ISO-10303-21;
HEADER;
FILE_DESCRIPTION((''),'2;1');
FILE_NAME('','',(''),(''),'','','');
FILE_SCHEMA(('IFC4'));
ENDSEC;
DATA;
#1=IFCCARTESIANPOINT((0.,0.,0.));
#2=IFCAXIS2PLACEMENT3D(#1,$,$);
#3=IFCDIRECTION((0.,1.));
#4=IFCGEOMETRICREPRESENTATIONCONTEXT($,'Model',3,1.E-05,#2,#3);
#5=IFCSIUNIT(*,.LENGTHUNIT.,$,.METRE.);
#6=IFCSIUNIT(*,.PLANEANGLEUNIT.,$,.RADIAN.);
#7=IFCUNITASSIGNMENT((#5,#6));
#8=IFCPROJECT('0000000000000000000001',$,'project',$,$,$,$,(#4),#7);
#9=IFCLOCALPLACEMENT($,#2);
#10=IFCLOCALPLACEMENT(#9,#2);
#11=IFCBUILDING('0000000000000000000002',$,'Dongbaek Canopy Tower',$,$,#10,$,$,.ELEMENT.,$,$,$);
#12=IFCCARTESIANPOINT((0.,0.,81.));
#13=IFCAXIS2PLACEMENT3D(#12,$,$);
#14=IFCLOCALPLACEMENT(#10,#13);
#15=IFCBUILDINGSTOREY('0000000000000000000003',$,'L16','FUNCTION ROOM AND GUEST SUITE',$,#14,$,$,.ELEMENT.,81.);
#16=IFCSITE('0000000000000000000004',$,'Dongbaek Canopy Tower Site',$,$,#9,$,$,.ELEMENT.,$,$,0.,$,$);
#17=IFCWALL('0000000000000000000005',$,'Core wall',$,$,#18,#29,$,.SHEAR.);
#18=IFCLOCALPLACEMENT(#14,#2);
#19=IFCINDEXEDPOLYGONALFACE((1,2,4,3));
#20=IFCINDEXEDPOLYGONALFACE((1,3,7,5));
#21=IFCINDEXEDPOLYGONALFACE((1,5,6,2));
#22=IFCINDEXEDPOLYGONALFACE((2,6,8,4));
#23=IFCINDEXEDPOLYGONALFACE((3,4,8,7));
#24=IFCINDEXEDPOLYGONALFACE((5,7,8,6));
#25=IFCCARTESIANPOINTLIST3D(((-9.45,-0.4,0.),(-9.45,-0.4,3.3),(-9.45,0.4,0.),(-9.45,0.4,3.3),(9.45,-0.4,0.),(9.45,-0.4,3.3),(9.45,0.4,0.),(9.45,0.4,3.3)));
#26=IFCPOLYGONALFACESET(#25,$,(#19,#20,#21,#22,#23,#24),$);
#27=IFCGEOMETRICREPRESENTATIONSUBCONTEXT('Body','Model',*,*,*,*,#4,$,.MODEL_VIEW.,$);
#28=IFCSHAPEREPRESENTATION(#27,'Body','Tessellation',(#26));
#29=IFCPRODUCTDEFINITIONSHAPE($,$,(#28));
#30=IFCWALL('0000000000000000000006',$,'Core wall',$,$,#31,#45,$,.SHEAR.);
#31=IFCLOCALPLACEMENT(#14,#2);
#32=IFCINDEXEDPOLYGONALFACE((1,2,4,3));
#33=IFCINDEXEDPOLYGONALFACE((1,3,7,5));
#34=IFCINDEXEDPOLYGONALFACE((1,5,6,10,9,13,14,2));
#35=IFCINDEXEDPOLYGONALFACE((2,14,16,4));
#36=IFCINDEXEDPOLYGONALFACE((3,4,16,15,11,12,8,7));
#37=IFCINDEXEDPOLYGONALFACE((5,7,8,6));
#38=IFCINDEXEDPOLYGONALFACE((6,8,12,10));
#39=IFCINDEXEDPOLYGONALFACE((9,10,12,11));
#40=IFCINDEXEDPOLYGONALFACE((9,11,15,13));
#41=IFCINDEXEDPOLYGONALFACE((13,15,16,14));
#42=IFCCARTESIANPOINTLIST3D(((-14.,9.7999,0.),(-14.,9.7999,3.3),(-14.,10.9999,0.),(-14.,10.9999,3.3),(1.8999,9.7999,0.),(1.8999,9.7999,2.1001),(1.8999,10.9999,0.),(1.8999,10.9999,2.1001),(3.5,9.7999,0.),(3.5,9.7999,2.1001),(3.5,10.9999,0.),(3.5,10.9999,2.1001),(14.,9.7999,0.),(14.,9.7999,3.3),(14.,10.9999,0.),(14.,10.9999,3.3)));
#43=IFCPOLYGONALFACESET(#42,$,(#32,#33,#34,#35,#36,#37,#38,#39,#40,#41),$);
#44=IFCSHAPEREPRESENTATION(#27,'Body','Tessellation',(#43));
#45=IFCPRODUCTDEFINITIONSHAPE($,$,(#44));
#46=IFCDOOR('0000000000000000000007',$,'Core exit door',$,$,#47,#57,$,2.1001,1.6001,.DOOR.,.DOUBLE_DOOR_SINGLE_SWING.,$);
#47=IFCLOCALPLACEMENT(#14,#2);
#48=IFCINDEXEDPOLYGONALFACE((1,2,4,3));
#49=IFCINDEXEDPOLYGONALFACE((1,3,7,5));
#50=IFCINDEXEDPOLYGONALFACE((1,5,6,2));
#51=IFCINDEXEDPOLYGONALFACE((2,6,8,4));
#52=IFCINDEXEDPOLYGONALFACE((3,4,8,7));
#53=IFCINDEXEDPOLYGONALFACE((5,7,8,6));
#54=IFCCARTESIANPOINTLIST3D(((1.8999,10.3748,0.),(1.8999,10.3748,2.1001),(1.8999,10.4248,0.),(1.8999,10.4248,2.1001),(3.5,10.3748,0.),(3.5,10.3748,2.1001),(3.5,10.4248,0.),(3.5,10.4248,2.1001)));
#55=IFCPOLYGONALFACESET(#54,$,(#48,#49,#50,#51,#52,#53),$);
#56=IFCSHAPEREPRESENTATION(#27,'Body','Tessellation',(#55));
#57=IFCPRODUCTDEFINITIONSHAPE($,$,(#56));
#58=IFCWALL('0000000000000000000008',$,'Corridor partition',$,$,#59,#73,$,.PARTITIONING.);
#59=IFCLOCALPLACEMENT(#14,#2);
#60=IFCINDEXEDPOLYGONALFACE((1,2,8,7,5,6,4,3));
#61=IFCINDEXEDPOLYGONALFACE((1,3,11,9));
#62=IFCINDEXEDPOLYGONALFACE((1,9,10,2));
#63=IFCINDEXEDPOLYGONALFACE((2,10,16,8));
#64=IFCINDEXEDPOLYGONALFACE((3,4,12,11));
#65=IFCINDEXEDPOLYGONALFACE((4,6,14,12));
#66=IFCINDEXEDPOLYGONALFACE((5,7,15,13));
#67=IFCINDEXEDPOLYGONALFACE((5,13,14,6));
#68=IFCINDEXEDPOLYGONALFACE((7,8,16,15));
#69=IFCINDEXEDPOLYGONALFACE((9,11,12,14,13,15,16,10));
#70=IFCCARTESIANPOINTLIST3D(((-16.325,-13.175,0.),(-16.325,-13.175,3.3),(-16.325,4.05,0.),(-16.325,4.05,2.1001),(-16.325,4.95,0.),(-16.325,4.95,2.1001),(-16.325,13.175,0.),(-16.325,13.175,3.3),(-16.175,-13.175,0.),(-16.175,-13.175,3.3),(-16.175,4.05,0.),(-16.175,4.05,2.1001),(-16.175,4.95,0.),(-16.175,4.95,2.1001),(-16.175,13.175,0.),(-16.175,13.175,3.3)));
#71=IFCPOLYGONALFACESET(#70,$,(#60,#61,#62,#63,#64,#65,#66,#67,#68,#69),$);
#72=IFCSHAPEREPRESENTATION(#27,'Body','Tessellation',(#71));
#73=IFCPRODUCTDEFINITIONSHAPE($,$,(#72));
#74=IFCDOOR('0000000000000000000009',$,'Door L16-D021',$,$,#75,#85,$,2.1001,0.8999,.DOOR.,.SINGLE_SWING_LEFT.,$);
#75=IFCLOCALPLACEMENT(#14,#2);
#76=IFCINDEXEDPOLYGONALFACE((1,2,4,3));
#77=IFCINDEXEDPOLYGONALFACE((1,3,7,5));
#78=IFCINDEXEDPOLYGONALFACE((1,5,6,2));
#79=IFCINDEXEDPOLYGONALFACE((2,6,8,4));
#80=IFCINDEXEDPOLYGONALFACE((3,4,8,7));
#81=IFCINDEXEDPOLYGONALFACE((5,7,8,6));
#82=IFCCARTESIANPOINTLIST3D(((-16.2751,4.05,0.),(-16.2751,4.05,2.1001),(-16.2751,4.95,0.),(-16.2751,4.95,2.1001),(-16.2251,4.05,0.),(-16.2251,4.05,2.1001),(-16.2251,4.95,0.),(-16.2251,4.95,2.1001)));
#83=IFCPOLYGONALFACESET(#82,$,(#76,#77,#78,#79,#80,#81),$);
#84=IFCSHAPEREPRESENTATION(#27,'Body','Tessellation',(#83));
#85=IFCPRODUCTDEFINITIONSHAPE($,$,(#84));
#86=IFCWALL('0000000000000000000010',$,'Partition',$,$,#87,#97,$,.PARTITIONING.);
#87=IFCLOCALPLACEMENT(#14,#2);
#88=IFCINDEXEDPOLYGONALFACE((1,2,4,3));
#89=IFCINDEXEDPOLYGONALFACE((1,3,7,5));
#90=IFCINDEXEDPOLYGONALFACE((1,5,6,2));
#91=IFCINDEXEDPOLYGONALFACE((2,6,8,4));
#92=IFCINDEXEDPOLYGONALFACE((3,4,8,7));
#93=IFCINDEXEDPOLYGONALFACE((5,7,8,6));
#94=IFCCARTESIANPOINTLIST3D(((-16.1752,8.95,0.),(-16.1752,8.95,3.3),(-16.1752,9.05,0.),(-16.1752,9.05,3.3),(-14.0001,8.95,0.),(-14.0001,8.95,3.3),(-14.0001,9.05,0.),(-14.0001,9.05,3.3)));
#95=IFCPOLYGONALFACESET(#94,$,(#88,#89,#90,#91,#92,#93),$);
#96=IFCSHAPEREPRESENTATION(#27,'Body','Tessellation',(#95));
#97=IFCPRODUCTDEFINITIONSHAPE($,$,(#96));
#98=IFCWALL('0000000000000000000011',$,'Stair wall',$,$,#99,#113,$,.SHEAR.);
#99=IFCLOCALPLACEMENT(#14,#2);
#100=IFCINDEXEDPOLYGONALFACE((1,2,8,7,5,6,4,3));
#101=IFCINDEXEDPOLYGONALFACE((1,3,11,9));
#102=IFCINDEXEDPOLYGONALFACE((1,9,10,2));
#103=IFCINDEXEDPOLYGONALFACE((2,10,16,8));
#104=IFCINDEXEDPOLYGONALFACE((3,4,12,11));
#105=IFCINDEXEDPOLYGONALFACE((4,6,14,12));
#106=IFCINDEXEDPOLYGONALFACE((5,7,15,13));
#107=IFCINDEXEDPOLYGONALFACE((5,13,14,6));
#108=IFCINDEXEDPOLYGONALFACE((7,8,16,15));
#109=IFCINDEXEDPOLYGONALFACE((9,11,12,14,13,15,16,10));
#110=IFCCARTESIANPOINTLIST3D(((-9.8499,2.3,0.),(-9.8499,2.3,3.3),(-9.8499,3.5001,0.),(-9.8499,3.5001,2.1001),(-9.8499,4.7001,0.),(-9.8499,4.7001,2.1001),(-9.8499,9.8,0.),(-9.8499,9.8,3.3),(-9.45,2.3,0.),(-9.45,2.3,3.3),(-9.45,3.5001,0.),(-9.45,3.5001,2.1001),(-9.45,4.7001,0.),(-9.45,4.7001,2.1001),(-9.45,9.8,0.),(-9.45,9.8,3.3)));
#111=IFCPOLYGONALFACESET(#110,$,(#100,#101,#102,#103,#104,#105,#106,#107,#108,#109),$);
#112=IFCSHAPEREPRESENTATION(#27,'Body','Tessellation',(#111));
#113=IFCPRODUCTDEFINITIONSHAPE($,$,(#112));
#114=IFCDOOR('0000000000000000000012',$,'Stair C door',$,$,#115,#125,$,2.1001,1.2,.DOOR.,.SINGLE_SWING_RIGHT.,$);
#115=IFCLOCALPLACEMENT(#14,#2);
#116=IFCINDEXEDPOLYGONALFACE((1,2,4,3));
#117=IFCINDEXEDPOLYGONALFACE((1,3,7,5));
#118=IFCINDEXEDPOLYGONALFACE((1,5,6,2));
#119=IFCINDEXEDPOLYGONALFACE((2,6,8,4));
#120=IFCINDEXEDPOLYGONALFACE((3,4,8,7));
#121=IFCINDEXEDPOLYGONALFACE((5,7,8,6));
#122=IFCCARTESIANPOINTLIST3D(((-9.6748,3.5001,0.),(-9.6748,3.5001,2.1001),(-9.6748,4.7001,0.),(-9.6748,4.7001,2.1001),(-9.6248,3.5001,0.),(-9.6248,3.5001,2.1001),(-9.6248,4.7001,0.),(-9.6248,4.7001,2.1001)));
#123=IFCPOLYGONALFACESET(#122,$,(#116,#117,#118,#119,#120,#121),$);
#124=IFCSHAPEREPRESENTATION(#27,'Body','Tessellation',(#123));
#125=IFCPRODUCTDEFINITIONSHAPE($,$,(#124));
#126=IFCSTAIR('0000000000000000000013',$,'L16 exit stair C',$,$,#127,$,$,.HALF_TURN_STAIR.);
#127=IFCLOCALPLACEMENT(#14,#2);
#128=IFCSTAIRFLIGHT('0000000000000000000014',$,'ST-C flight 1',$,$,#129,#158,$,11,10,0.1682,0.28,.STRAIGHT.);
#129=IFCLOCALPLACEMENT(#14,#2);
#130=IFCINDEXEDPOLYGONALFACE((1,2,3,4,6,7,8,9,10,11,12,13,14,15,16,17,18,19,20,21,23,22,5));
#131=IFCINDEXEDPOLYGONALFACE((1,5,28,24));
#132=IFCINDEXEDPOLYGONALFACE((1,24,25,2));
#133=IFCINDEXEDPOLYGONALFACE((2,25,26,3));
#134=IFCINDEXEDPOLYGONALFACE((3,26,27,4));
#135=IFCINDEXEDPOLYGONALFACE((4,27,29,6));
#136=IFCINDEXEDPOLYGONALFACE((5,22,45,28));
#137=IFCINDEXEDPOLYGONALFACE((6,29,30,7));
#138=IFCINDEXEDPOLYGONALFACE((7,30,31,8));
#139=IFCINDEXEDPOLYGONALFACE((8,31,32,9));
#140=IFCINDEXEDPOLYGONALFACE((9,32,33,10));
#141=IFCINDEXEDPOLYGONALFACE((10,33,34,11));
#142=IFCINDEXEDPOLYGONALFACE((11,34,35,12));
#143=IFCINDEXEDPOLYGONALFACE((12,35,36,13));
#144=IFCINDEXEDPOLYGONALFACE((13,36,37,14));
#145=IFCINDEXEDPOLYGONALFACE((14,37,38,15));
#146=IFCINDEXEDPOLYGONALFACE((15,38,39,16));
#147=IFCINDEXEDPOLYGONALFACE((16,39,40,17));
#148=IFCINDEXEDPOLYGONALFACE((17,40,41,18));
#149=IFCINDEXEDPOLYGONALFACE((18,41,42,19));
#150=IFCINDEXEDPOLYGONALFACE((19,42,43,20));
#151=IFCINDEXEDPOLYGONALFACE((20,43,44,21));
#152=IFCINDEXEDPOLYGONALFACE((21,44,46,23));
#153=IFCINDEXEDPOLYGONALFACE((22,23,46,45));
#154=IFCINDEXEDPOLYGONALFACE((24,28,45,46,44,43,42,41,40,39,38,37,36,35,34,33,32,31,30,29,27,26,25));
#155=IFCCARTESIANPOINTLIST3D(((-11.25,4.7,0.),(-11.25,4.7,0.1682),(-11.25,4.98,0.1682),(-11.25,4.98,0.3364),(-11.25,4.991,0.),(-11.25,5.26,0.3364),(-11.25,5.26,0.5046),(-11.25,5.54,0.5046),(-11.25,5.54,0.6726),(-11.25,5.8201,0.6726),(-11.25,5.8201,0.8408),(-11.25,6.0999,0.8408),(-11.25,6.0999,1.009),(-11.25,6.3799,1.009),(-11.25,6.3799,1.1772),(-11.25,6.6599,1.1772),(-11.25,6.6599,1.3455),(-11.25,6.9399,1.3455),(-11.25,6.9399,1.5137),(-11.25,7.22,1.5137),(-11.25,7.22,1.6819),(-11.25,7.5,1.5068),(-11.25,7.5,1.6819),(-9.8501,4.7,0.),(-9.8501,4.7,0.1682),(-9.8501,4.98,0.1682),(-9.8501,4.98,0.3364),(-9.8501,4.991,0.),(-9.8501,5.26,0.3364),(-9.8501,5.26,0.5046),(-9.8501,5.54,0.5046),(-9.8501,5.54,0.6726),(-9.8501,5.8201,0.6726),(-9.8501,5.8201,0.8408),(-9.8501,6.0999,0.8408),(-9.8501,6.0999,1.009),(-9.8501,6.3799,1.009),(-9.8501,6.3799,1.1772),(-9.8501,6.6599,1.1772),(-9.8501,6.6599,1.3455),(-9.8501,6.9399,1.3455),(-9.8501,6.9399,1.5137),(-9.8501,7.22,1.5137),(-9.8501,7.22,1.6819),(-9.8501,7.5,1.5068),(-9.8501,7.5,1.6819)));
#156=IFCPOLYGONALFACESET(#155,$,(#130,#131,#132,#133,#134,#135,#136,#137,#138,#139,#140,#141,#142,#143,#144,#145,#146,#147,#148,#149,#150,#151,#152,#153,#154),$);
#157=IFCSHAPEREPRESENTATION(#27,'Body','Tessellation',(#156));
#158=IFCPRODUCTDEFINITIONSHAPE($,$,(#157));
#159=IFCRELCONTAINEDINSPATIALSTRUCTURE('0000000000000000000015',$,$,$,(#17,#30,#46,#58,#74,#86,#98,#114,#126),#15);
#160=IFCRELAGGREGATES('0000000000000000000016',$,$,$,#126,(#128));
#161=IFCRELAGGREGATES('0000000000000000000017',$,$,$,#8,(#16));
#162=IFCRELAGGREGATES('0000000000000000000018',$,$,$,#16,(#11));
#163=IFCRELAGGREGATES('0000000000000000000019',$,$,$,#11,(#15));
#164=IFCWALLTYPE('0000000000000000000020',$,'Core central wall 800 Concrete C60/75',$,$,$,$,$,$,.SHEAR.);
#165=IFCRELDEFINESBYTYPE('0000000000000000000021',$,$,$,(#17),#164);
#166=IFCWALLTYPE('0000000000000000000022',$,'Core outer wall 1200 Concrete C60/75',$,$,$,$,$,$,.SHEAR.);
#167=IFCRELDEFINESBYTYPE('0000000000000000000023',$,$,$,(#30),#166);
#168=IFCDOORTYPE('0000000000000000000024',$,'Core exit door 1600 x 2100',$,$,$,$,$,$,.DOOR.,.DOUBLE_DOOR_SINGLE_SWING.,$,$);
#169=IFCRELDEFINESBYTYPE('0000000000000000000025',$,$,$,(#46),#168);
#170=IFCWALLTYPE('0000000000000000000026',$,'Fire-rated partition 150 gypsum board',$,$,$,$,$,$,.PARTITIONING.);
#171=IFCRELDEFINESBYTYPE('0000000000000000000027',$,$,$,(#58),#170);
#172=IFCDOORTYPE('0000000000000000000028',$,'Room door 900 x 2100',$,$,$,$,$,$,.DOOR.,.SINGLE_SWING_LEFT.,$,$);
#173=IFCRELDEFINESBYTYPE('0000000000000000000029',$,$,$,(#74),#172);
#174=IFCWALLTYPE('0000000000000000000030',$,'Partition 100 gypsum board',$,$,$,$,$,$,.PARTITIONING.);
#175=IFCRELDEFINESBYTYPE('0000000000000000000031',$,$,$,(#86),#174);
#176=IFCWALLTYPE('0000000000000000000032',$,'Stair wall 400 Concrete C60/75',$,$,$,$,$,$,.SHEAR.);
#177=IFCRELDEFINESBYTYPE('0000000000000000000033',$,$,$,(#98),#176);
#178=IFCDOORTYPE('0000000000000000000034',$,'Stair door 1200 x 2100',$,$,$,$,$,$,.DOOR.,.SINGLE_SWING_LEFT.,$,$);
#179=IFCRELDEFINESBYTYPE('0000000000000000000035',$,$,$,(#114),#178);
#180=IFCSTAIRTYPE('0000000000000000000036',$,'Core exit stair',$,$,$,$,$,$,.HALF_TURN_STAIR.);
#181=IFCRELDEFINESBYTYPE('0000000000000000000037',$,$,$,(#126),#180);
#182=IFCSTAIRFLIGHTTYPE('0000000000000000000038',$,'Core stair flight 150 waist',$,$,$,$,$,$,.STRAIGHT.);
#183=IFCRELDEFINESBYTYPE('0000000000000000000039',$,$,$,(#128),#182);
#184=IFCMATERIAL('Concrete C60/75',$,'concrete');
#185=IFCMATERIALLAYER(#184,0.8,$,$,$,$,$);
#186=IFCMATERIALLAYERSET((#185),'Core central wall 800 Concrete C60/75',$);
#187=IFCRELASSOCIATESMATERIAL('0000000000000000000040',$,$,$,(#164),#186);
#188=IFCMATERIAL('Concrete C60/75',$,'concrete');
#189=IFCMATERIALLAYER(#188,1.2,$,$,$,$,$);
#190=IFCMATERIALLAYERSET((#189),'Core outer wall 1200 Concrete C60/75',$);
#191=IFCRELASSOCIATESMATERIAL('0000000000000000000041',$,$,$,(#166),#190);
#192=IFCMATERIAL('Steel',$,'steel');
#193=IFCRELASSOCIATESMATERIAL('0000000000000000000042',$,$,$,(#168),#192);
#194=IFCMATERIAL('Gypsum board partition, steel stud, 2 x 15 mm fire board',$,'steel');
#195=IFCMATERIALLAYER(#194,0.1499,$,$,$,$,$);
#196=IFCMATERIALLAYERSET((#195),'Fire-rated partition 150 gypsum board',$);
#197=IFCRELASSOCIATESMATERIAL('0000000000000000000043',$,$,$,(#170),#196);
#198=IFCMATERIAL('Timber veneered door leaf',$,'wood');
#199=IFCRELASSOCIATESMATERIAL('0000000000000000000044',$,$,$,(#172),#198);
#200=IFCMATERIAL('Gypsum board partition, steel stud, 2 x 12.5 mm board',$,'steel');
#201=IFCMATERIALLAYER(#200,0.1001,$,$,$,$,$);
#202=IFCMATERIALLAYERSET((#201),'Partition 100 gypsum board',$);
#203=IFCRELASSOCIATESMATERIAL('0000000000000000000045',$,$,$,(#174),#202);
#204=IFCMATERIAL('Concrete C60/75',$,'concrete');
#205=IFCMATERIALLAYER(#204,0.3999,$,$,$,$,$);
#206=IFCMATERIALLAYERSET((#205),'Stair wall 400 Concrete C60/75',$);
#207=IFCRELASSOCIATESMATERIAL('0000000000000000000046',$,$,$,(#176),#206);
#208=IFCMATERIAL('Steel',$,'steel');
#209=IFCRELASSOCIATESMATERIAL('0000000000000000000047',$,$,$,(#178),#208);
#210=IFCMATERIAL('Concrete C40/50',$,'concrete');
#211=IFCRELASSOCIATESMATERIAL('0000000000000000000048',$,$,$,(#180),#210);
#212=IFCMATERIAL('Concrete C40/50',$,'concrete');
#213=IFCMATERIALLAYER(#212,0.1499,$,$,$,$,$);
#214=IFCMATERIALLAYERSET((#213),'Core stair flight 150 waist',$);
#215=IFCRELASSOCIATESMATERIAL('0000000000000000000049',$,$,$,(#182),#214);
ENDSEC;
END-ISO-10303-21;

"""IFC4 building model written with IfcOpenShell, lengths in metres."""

from ifc_helpers import new_model, si_unit, direction, frame, frame_2d, origin, place, context, subcontext, project, spatial, polyline, rectangle, outline, extrude, material, layer, layer_set, type_object, element, fill, aggregate, save


model = new_model("IFC4")

# Units and contexts
model_context = context("Model", 3, precision=1e-05, world=origin(), true_north=direction((0.0, 1.0)))
body_context = subcontext(model_context, "Body", "Model", "MODEL_VIEW")
ifc_project = project(units=[si_unit("LENGTHUNIT", "METRE"), si_unit("PLANEANGLEUNIT", "RADIAN")], contexts=[model_context])

# Site, building, storey
site_placement = place(None, origin())
site = spatial("IfcSite", under=ifc_project, at=site_placement, Name="Dongbaek Canopy Tower Site", CompositionType="ELEMENT", RefElevation=0.0)
building_placement = place(site_placement, origin())
building = spatial("IfcBuilding", under=site, at=building_placement, Name="Dongbaek Canopy Tower", CompositionType="ELEMENT")
storey_placement = place(building_placement, frame((0.0, 0.0, 81.0)))
storey = spatial("IfcBuildingStorey", under=building, at=storey_placement, Name="L16", Description="FUNCTION ROOM AND GUEST SUITE", CompositionType="ELEMENT", Elevation=81.0)

# Wall
ifc_material_1 = material(Name="Concrete C60/75", Category="concrete")
ifc_layer_1 = layer(ifc_material_1, 0.8)
ifc_layer_set_1 = layer_set([ifc_layer_1], Name="Core central wall 800 Concrete C60/75")
wall_type_1 = type_object("IfcWallType", Name="Core central wall 800 Concrete C60/75", PredefinedType="SHEAR", material=ifc_layer_set_1)
wall_1_placement = place(storey_placement, frame((-9.45, 0.0, 0.0), z_axis=(0.0, 0.0, 1.0), x_axis=(1.0, 0.0, 0.0)))
element("IfcWall", 1, at=wall_1_placement, inside=storey, type_object=wall_type_1, Name="Core wall", PredefinedType="SHEAR", context=body_context, shape_type="SweptSolid", body=[
    extrude(rectangle(XDim=18.8999, YDim=0.8, at=frame_2d((9.45, 0.0))), origin(), (0.0, 0.0, 1.0), 3.3),
])

# Walls, openings, doors
ifc_material_2 = material(Name="Concrete C60/75", Category="concrete")
ifc_layer_2 = layer(ifc_material_2, 1.2)
ifc_layer_set_2 = layer_set([ifc_layer_2], Name="Core outer wall 1200 Concrete C60/75")
wall_type_2 = type_object("IfcWallType", Name="Core outer wall 1200 Concrete C60/75", PredefinedType="SHEAR", material=ifc_layer_set_2)
wall_2_placement = place(storey_placement, frame((-14.0, 10.3999, 0.0), z_axis=(0.0, 0.0, 1.0), x_axis=(1.0, 0.0, 0.0)))
wall_2 = element("IfcWall", 2, at=wall_2_placement, inside=storey, type_object=wall_type_2, Name="Core wall", PredefinedType="SHEAR", context=body_context, shape_type="SweptSolid", body=[
    extrude(rectangle(XDim=28.0, YDim=1.2, at=frame_2d((14.0, 0.0))), origin(), (0.0, 0.0, 1.0), 3.3),
])
opening_1_placement = place(wall_2_placement, frame((15.8999, 0.0, 0.0)))
opening_1 = element("IfcOpeningElement", 3, at=opening_1_placement, cuts=wall_2, PredefinedType="OPENING", context=body_context, shape_type="SweptSolid", body=[
    extrude(rectangle(XDim=1.6001, YDim=2.1001, at=frame_2d((0.8, 1.05))), frame((0.0, 0.6099, 0.0), z_axis=(0.0, -1.0, 0.0), x_axis=(1.0, 0.0, 0.0)), (0.0, 0.0, 1.0), 1.22),
])
ifc_material_3 = material(Name="Steel", Category="steel")
door_type_1 = type_object("IfcDoorType", Name="Core exit door 1600 x 2100", OperationType="DOUBLE_DOOR_SINGLE_SWING", PredefinedType="DOOR", material=ifc_material_3)
door_1_placement = place(opening_1_placement, origin())
door_1 = element("IfcDoor", 4, at=door_1_placement, inside=storey, type_object=door_type_1, Name="Core exit door", OperationType="DOUBLE_DOOR_SINGLE_SWING", OverallHeight=2.1001, OverallWidth=1.6001, PredefinedType="DOOR", context=body_context, shape_type="SweptSolid", body=[
    extrude(rectangle(XDim=1.6001, YDim=2.1001, at=frame_2d((0.8, 1.05))), frame((0.0, 0.0249, 0.0), z_axis=(0.0, -1.0, 0.0), x_axis=(1.0, 0.0, 0.0)), (0.0, 0.0, 1.0), 0.05),
])
fill(opening_1, door_1)
ifc_material_4 = material(Name="Gypsum board partition, steel stud, 2 x 15 mm fire board", Category="steel")
ifc_layer_3 = layer(ifc_material_4, 0.1499)
ifc_layer_set_3 = layer_set([ifc_layer_3], Name="Fire-rated partition 150 gypsum board")
wall_type_3 = type_object("IfcWallType", Name="Fire-rated partition 150 gypsum board", PredefinedType="PARTITIONING", material=ifc_layer_set_3)
wall_3_placement = place(storey_placement, frame((-16.25, 13.175, 0.0), z_axis=(0.0, 0.0, 1.0), x_axis=(0.0, -1.0, 0.0)))
wall_3 = element("IfcWall", 5, at=wall_3_placement, inside=storey, type_object=wall_type_3, Name="Corridor partition", PredefinedType="PARTITIONING", context=body_context, shape_type="SweptSolid", body=[
    extrude(rectangle(XDim=26.3501, YDim=0.1499, at=frame_2d((13.175, 0.0))), origin(), (0.0, 0.0, 1.0), 3.3),
])
opening_2_placement = place(wall_3_placement, frame((8.2251, 0.0, 0.0)))
opening_2 = element("IfcOpeningElement", 6, at=opening_2_placement, cuts=wall_3, PredefinedType="OPENING", context=body_context, shape_type="SweptSolid", body=[
    extrude(rectangle(XDim=0.8999, YDim=2.1001, at=frame_2d((0.45, 1.05))), frame((0.0, 0.085, 0.0), z_axis=(0.0, -1.0, 0.0), x_axis=(1.0, 0.0, 0.0)), (0.0, 0.0, 1.0), 0.1699),
])
ifc_material_5 = material(Name="Timber veneered door leaf", Category="wood")
door_type_2 = type_object("IfcDoorType", Name="Room door 900 x 2100", OperationType="SINGLE_SWING_LEFT", PredefinedType="DOOR", material=ifc_material_5)
door_2_placement = place(opening_2_placement, origin())
door_2 = element("IfcDoor", 7, at=door_2_placement, inside=storey, type_object=door_type_2, Name="Door L16-D021", OperationType="SINGLE_SWING_LEFT", OverallHeight=2.1001, OverallWidth=0.8999, PredefinedType="DOOR", context=body_context, shape_type="SweptSolid", body=[
    extrude(rectangle(XDim=0.8999, YDim=2.1001, at=frame_2d((0.45, 1.05))), frame((0.0, 0.0249, 0.0), z_axis=(0.0, -1.0, 0.0), x_axis=(1.0, 0.0, 0.0)), (0.0, 0.0, 1.0), 0.05),
])
fill(opening_2, door_2)

# Wall
ifc_material_6 = material(Name="Gypsum board partition, steel stud, 2 x 12.5 mm board", Category="steel")
ifc_layer_4 = layer(ifc_material_6, 0.1001)
ifc_layer_set_4 = layer_set([ifc_layer_4], Name="Partition 100 gypsum board")
wall_type_4 = type_object("IfcWallType", Name="Partition 100 gypsum board", PredefinedType="PARTITIONING", material=ifc_layer_set_4)
wall_4_placement = place(storey_placement, frame((-16.175, 9.0, 0.0), z_axis=(0.0, 0.0, 1.0), x_axis=(1.0, 0.0, 0.0)))
element("IfcWall", 8, at=wall_4_placement, inside=storey, type_object=wall_type_4, Name="Partition", PredefinedType="PARTITIONING", context=body_context, shape_type="SweptSolid", body=[
    extrude(rectangle(XDim=2.175, YDim=0.1001, at=frame_2d((1.0874, 0.0))), origin(), (0.0, 0.0, 1.0), 3.3),
])

# Wall, opening, door
ifc_material_7 = material(Name="Concrete C60/75", Category="concrete")
ifc_layer_5 = layer(ifc_material_7, 0.3999)
ifc_layer_set_5 = layer_set([ifc_layer_5], Name="Stair wall 400 Concrete C60/75")
wall_type_5 = type_object("IfcWallType", Name="Stair wall 400 Concrete C60/75", PredefinedType="SHEAR", material=ifc_layer_set_5)
wall_5_placement = place(storey_placement, frame((-9.6499, 2.3, 0.0), z_axis=(0.0, 0.0, 1.0), x_axis=(0.0, 1.0, 0.0)))
wall_5 = element("IfcWall", 9, at=wall_5_placement, inside=storey, type_object=wall_type_5, Name="Stair wall", PredefinedType="SHEAR", context=body_context, shape_type="SweptSolid", body=[
    extrude(rectangle(XDim=7.5, YDim=0.3999, at=frame_2d((3.75, 0.0))), origin(), (0.0, 0.0, 1.0), 3.3),
])
opening_3_placement = place(wall_5_placement, frame((1.2, 0.0, 0.0)))
opening_3 = element("IfcOpeningElement", 10, at=opening_3_placement, cuts=wall_5, PredefinedType="OPENING", context=body_context, shape_type="SweptSolid", body=[
    extrude(rectangle(XDim=1.2, YDim=2.1001, at=frame_2d((0.6001, 1.05))), frame((0.0, 0.21, 0.0), z_axis=(0.0, -1.0, 0.0), x_axis=(1.0, 0.0, 0.0)), (0.0, 0.0, 1.0), 0.4199),
])
ifc_material_8 = material(Name="Steel", Category="steel")
door_type_3 = type_object("IfcDoorType", Name="Stair door 1200 x 2100", OperationType="SINGLE_SWING_LEFT", PredefinedType="DOOR", material=ifc_material_8)
door_3_placement = place(opening_3_placement, origin())
door_3 = element("IfcDoor", 11, at=door_3_placement, inside=storey, type_object=door_type_3, Name="Stair C door", OperationType="SINGLE_SWING_RIGHT", OverallHeight=2.1001, OverallWidth=1.2, PredefinedType="DOOR", context=body_context, shape_type="SweptSolid", body=[
    extrude(rectangle(XDim=1.2, YDim=2.1001, at=frame_2d((0.6001, 1.05))), frame((0.0, 0.0249, 0.0), z_axis=(0.0, -1.0, 0.0), x_axis=(1.0, 0.0, 0.0)), (0.0, 0.0, 1.0), 0.05),
])
fill(opening_3, door_3)

# Stair, stair flight
ifc_material_9 = material(Name="Concrete C40/50", Category="concrete")
stair_type = type_object("IfcStairType", Name="Core exit stair", PredefinedType="HALF_TURN_STAIR", material=ifc_material_9)
stair_placement = place(storey_placement, origin())
stair = element("IfcStair", 12, at=stair_placement, inside=storey, type_object=stair_type, Name="L16 exit stair C", PredefinedType="HALF_TURN_STAIR")
ifc_material_10 = material(Name="Concrete C40/50", Category="concrete")
ifc_layer_6 = layer(ifc_material_10, 0.1499)
ifc_layer_set_6 = layer_set([ifc_layer_6], Name="Core stair flight 150 waist")
stair_flight_type = type_object("IfcStairFlightType", Name="Core stair flight 150 waist", PredefinedType="STRAIGHT", material=ifc_layer_set_6)
stair_flight_1_placement = place(storey_placement, frame((-10.55, 4.7, 0.0), z_axis=(0.0, 0.0, 1.0), x_axis=(0.0, 1.0, 0.0)))
stair_flight_1 = element("IfcStairFlight", 13, at=stair_flight_1_placement, type_object=stair_flight_type, Name="ST-C flight 1", NumberOfRisers=11, NumberOfTreads=10, PredefinedType="STRAIGHT", RiserHeight=0.1682, TreadLength=0.28, context=body_context, shape_type="SweptSolid", body=[
    extrude(outline(polyline([(0.0, 0.0), (0.0, 0.1682), (0.28, 0.1682), (0.28, 0.3364), (0.5601, 0.3364), (0.5601, 0.5046), (0.8401, 0.5046), (0.8401, 0.6726), (1.1201, 0.6726), (1.1201, 0.8408), (1.3999, 0.8408), (1.3999, 1.009), (1.6799, 1.009), (1.6799, 1.1772), (1.96, 1.1772), (1.96, 1.3455), (2.24, 1.3455), (2.24, 1.5137), (2.52, 1.5137), (2.52, 1.6819), (2.8, 1.6819), (2.8, 1.8501), (2.8, 1.5068), (0.291, 0.0), (0.0, 0.0)])), frame((0.0, 0.7, 0.0), z_axis=(0.0, -1.0, 0.0), x_axis=(1.0, 0.0, 0.0)), (0.0, 0.0, 1.0), 1.3999),
])
aggregate(stair, [stair_flight_1])

save(model, "model.ifc")
